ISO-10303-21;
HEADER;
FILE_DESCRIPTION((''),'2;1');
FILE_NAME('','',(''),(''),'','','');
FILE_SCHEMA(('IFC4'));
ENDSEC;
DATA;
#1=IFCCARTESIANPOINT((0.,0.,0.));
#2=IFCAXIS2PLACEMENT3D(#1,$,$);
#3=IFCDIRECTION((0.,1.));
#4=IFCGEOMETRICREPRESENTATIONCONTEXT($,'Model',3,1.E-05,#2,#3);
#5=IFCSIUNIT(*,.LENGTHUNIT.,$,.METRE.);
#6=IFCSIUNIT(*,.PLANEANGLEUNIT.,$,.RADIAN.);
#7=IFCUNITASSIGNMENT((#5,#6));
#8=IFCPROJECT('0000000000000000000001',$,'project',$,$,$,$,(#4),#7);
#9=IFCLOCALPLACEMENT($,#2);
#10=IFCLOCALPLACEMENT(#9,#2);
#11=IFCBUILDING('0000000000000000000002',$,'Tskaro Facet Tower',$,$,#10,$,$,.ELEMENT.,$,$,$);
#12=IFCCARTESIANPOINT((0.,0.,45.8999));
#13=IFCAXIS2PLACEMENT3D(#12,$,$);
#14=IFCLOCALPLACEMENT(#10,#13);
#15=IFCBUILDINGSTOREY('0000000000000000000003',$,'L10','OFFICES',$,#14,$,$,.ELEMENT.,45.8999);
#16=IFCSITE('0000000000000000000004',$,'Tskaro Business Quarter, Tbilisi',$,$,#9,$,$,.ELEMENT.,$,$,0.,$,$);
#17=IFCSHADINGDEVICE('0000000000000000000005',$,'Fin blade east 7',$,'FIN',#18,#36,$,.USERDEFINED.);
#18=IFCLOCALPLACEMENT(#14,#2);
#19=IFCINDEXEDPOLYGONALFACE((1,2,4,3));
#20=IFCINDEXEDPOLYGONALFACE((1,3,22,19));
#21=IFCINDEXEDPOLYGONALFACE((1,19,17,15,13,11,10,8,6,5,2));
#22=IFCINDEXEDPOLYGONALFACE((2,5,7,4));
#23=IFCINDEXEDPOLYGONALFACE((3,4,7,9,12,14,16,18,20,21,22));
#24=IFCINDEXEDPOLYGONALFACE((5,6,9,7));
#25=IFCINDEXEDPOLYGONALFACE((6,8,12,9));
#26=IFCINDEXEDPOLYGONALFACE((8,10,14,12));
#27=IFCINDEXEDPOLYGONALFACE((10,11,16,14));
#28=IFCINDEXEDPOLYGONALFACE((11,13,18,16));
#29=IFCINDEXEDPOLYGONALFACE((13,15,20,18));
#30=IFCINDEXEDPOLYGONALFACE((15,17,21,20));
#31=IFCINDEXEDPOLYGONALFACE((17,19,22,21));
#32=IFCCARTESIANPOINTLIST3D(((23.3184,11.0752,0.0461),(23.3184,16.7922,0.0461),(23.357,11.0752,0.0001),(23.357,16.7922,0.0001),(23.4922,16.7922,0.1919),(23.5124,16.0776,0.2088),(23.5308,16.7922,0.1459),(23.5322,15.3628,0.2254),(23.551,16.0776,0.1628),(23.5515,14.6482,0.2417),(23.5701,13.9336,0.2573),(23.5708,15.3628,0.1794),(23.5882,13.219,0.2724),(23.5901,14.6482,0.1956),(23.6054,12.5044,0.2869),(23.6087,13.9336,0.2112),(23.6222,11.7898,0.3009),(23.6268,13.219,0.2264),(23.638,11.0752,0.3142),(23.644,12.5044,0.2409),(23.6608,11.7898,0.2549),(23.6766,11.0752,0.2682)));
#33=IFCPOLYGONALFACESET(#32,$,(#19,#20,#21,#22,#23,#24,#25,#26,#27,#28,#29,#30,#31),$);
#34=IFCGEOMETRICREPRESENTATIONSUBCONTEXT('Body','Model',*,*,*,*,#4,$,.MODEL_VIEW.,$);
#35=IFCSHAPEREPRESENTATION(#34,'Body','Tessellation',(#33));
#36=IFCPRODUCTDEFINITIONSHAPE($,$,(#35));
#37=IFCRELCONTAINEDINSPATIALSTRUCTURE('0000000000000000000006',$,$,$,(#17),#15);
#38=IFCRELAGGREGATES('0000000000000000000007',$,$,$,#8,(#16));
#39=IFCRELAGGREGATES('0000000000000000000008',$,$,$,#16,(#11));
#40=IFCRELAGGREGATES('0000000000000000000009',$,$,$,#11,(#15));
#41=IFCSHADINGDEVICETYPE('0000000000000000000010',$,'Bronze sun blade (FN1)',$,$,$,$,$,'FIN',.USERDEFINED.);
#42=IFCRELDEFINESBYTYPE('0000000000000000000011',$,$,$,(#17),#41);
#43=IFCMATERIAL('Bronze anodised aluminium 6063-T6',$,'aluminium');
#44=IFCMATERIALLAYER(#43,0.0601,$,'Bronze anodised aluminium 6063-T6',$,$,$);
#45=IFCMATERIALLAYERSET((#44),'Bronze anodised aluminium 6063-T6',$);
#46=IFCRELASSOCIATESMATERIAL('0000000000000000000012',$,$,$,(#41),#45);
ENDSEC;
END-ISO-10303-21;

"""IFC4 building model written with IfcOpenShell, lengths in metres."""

from ifc_helpers import new_model, si_unit, direction, frame, origin, place, context, subcontext, project, spatial, polyline, outline, extrude, material, layer, layer_set, type_object, element, save


model = new_model("IFC4")

# Units and contexts
model_context = context("Model", 3, precision=1e-05, world=origin(), true_north=direction((0.0, 1.0)))
body_context = subcontext(model_context, "Body", "Model", "MODEL_VIEW")
ifc_project = project(units=[si_unit("LENGTHUNIT", "METRE"), si_unit("PLANEANGLEUNIT", "RADIAN")], contexts=[model_context])

# Site, building, storey
site_placement = place(None, origin())
site = spatial("IfcSite", under=ifc_project, at=site_placement, Name="Tskaro Business Quarter, Tbilisi", CompositionType="ELEMENT", RefElevation=0.0)
building_placement = place(site_placement, origin())
building = spatial("IfcBuilding", under=site, at=building_placement, Name="Tskaro Facet Tower", CompositionType="ELEMENT")
storey_placement = place(building_placement, frame((0.0, 0.0, 45.8999)))
storey = spatial("IfcBuildingStorey", under=building, at=storey_placement, Name="L10", Description="OFFICES", CompositionType="ELEMENT", Elevation=45.8999)

# Shared definitions
ifc_material_1 = material(Name="Bronze anodised aluminium 6063-T6", Category="aluminium")

# Shading device
ifc_layer_1 = layer(ifc_material_1, 0.0601, Name="Bronze anodised aluminium 6063-T6")
ifc_layer_set_1 = layer_set([ifc_layer_1], Name="Bronze anodised aluminium 6063-T6")
shading_device_type = type_object("IfcShadingDeviceType", Name="Bronze sun blade (FN1)", ElementType="FIN", PredefinedType="USERDEFINED", material=ifc_layer_set_1)
shading_device_1_placement = place(storey_placement, frame((23.3184, 11.0752, 0.0461), z_axis=(-0.642578, 0.000007, 0.766221), x_axis=(0.000004, 1.0, -0.000005)))
element("IfcShadingDevice", 1, at=shading_device_1_placement, inside=storey, type_object=shading_device_type, Name="Fin blade east 7", ObjectType="FIN", PredefinedType="USERDEFINED", context=body_context, shape_type="SweptSolid", body=[
    extrude(outline(polyline([(0.0, 0.0), (5.717, 0.0), (5.717, -0.2268), (5.0024, -0.2532), (4.2876, -0.279), (3.573, -0.3043), (2.8584, -0.3286), (2.1438, -0.3521), (1.4292, -0.3747), (0.7146, -0.3965), (0.0, -0.4171), (0.0, 0.0)])), origin(), (0.0, 0.0, -1.0), 0.0601),
])

save(model, "model.ifc")
